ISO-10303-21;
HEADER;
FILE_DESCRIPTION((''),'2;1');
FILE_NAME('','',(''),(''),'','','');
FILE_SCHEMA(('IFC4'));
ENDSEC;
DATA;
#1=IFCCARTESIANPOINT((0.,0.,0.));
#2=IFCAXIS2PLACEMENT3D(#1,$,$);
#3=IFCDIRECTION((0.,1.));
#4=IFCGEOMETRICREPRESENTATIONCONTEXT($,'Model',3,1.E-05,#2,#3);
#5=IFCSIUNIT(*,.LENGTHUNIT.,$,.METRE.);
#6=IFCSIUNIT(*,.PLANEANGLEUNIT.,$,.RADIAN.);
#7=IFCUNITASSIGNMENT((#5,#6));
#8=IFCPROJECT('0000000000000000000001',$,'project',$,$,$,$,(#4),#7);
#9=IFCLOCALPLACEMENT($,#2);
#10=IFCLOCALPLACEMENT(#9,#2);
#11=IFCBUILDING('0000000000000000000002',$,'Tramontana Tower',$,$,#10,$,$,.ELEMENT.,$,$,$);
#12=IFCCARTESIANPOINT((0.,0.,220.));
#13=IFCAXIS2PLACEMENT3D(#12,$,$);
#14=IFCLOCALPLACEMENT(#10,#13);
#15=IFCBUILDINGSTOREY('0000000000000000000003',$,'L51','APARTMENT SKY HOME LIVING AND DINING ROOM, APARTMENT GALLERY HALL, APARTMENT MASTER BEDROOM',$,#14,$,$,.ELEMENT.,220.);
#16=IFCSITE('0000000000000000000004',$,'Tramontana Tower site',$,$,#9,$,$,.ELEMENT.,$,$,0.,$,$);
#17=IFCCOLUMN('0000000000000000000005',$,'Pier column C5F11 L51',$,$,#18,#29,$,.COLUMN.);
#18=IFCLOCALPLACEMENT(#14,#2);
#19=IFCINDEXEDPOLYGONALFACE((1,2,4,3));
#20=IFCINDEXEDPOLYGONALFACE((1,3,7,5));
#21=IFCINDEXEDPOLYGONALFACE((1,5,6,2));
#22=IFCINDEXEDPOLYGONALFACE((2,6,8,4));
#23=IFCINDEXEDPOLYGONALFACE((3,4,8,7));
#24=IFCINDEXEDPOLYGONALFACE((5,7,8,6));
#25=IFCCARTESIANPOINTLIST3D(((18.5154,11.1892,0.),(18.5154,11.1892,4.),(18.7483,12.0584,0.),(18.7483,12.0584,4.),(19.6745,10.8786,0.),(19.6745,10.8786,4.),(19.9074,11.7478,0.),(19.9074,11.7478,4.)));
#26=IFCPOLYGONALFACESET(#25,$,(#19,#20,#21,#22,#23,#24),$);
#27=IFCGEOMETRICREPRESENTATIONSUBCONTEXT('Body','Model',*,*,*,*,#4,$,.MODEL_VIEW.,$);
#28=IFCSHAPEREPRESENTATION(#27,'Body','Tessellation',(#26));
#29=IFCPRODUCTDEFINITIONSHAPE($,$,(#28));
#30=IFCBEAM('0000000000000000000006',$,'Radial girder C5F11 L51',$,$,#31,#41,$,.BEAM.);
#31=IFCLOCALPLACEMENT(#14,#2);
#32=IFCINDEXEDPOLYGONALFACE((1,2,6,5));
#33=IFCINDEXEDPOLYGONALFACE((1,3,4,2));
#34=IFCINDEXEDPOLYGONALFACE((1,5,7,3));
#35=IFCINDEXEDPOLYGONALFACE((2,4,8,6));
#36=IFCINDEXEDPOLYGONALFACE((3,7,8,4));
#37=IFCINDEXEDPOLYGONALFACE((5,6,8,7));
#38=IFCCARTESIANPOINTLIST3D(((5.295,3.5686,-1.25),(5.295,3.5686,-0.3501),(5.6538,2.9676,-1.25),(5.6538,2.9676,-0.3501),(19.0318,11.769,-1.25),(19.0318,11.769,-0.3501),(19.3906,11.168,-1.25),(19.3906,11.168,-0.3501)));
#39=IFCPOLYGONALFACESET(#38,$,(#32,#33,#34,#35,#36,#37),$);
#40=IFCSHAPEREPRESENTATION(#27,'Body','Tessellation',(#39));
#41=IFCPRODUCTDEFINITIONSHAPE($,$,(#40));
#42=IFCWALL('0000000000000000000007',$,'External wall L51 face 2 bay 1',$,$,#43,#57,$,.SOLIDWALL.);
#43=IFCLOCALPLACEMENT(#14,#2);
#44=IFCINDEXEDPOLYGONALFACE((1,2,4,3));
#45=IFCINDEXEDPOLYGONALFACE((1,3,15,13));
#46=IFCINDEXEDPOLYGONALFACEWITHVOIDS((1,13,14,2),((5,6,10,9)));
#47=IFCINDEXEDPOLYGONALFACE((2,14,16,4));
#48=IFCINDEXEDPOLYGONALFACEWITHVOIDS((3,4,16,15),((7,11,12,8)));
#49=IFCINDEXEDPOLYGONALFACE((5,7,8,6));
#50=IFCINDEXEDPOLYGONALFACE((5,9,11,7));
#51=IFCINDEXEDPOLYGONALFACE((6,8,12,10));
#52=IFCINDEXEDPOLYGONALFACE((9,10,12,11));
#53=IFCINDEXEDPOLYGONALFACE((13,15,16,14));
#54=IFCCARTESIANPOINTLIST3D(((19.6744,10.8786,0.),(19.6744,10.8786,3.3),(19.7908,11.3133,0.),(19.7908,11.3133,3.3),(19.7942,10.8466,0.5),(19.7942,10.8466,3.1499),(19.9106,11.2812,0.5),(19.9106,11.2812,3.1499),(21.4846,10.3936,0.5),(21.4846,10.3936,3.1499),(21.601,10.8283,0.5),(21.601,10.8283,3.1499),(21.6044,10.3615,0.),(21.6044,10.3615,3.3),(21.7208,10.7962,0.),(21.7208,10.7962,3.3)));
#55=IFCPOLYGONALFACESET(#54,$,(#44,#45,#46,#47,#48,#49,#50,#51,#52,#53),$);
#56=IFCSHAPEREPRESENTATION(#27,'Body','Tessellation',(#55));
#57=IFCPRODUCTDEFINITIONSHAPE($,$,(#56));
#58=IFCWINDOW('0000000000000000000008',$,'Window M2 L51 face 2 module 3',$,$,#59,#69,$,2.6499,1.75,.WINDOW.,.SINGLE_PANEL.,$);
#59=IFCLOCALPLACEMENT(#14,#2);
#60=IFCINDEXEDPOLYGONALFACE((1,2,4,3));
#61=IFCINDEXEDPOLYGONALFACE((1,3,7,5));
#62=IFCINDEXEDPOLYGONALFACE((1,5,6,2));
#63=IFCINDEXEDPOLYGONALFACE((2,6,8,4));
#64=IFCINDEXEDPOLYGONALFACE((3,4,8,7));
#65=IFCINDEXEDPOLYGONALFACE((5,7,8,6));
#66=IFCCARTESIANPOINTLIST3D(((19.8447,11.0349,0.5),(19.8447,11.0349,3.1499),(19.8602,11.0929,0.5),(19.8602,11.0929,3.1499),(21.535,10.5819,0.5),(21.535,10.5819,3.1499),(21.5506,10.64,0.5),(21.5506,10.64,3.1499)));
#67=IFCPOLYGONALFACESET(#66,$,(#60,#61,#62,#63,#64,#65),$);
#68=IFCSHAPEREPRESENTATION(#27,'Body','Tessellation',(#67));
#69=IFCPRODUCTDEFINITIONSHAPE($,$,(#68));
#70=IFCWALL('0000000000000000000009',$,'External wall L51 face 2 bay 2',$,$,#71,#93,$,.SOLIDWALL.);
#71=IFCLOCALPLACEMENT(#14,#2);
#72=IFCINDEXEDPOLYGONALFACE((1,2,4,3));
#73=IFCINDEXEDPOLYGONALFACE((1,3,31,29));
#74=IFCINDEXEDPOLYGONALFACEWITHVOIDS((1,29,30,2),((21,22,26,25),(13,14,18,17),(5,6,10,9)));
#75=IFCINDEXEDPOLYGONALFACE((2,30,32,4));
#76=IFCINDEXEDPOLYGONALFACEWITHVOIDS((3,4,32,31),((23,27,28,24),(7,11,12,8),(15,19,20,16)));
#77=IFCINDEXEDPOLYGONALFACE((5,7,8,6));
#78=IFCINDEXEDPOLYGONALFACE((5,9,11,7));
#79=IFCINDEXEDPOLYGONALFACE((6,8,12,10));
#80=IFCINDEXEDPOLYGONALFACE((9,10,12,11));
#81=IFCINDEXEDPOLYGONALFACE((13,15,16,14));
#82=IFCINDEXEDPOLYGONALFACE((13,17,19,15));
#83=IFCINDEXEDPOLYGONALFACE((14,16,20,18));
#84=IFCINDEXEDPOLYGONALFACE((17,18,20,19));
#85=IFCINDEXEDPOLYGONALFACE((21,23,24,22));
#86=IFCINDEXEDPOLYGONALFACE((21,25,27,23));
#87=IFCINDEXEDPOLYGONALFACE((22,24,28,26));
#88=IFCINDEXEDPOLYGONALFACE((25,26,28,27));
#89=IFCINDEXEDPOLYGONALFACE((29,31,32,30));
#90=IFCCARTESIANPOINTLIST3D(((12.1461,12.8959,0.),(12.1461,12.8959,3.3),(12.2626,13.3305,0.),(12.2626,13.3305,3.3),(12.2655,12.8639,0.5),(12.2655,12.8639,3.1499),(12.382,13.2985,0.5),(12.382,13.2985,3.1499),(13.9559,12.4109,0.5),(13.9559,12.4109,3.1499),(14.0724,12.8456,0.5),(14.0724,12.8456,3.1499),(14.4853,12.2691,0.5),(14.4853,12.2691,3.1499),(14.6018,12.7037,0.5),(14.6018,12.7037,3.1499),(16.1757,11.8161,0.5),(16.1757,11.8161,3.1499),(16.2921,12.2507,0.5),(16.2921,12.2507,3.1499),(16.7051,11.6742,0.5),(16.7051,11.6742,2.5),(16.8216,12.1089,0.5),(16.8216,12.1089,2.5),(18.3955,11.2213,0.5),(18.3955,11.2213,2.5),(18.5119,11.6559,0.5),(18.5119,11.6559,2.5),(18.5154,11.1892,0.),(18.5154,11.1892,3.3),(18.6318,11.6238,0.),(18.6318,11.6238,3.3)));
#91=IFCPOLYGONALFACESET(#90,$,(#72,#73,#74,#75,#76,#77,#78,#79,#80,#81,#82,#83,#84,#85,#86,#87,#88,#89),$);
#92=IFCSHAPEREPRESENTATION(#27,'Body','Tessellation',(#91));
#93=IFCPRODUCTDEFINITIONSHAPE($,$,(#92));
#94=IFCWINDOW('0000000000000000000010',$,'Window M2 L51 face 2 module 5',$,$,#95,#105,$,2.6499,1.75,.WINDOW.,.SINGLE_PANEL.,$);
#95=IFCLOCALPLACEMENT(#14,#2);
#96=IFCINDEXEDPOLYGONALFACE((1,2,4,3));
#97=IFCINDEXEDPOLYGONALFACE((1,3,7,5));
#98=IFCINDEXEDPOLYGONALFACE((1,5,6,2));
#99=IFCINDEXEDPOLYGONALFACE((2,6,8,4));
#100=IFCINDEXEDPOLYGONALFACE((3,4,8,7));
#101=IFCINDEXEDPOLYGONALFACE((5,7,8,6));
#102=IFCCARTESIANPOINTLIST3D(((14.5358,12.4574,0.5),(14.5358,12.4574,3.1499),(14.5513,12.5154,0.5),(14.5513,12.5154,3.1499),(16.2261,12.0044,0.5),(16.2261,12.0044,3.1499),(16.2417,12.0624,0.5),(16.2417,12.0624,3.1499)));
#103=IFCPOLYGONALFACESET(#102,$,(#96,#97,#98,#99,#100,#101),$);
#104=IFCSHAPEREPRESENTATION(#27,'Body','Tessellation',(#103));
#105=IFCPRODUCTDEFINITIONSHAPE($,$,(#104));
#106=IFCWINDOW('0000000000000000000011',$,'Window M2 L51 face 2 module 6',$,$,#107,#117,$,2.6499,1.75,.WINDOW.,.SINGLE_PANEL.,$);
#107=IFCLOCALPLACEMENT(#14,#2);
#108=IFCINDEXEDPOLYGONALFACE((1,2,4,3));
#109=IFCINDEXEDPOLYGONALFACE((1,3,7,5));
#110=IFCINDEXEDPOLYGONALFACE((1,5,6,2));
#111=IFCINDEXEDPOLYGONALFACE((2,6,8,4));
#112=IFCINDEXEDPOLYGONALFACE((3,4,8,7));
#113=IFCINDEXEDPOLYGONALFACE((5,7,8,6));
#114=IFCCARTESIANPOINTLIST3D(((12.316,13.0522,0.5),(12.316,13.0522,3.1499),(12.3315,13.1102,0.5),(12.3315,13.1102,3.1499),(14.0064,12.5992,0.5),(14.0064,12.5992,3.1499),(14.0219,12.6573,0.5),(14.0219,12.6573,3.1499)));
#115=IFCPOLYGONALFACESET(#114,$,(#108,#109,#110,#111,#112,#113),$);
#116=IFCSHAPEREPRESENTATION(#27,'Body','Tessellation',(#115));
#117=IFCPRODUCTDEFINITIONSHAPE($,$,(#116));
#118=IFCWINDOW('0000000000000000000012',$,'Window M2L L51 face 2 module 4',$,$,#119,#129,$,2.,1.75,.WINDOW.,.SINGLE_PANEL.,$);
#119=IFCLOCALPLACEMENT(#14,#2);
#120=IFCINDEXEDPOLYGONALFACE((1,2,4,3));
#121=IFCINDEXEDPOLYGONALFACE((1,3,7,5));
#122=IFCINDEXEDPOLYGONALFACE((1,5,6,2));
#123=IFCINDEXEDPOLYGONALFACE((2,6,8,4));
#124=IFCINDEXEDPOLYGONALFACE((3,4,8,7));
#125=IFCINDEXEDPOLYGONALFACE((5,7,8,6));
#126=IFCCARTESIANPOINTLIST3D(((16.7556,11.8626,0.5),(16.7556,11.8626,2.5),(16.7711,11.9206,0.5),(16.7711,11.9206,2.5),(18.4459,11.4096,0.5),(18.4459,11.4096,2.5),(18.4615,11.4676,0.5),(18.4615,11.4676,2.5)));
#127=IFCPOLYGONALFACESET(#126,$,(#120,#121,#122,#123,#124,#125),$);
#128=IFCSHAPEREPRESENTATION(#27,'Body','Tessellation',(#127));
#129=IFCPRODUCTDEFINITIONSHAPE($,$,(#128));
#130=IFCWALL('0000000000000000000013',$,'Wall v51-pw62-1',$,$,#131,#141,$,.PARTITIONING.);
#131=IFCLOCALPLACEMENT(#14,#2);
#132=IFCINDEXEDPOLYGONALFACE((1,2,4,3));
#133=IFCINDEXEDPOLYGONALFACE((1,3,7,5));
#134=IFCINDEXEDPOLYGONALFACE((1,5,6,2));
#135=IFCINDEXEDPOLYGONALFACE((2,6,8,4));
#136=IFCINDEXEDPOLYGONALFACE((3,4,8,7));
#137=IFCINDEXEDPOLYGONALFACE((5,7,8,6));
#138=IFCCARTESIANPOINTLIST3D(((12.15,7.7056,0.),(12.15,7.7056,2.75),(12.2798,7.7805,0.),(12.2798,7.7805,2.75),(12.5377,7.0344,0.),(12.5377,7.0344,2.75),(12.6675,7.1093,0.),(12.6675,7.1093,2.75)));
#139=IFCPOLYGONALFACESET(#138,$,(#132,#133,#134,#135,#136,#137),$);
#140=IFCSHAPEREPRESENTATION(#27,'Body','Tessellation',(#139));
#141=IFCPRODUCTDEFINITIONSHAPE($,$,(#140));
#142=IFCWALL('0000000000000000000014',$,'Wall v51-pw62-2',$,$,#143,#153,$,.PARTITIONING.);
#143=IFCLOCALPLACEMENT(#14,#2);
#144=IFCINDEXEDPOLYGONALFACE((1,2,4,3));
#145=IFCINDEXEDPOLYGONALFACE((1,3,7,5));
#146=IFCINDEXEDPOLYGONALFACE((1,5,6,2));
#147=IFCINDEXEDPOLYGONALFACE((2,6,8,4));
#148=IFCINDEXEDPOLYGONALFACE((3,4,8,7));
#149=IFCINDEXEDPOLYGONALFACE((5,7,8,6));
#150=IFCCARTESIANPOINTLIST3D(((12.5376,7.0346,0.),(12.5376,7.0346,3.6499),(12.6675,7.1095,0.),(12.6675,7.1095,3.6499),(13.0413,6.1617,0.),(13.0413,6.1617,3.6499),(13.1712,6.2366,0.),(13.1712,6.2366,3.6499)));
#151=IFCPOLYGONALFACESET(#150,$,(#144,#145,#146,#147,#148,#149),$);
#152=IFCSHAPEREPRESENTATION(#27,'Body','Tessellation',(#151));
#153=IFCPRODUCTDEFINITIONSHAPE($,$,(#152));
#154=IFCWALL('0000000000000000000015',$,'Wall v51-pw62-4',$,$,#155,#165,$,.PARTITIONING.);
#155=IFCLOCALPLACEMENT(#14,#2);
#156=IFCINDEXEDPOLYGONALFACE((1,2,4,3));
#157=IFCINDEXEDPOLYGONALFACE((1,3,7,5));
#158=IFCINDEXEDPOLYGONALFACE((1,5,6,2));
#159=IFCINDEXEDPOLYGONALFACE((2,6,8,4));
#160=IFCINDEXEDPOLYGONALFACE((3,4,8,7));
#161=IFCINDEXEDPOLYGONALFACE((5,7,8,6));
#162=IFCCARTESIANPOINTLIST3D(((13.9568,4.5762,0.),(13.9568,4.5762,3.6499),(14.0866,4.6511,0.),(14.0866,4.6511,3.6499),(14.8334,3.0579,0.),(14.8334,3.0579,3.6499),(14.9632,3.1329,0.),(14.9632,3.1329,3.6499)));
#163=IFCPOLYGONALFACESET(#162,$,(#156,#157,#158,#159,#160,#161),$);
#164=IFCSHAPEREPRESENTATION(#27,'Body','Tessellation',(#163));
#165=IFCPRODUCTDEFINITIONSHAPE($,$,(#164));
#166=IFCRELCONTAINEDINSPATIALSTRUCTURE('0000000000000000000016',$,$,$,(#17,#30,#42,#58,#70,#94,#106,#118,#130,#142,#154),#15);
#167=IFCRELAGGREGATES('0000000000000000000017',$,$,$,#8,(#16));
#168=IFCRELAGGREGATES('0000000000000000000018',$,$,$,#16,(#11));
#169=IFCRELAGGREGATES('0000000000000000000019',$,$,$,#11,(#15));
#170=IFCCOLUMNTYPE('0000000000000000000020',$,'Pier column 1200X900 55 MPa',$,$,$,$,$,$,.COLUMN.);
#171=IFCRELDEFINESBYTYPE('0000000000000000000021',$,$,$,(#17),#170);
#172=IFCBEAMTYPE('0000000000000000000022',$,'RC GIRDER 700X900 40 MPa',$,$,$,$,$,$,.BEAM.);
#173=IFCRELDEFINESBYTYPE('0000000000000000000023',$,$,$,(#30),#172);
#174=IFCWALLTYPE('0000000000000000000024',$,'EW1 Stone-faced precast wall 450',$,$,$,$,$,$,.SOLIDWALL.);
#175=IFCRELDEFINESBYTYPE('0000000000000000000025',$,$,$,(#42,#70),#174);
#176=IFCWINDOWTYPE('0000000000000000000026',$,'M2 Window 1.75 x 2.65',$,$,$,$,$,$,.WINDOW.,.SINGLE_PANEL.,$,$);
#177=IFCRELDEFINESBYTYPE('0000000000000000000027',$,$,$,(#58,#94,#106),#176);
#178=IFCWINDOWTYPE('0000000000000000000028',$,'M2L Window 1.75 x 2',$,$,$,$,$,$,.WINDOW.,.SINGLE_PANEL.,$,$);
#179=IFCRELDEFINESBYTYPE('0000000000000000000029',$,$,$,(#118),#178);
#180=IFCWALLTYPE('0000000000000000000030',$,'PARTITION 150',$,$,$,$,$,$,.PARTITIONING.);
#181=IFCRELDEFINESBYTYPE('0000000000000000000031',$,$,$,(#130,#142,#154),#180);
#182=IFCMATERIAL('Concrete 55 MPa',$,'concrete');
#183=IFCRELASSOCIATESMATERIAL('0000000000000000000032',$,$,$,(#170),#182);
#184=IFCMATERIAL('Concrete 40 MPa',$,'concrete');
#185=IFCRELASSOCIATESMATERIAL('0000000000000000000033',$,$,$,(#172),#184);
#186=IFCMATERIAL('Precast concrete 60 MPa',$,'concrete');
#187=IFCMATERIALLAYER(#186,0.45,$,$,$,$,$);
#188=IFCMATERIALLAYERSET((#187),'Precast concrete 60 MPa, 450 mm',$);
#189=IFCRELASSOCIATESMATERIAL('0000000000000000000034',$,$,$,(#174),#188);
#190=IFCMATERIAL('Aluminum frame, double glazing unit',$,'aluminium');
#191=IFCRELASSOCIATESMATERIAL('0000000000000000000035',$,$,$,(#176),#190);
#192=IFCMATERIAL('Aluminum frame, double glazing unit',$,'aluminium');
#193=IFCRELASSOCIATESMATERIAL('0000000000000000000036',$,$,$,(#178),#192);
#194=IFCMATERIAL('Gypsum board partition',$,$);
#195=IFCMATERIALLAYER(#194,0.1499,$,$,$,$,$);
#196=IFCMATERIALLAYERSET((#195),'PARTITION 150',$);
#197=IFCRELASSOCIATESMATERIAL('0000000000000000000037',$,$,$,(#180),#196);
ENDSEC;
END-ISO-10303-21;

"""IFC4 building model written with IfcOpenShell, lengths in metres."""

from ifc_helpers import new_model, si_unit, direction, frame, frame_2d, origin, origin_2d, place, context, subcontext, project, spatial, rectangle, extrude, material, layer, layer_set, material_profile, profile_set, type_object, element, fill, save


model = new_model("IFC4")

# Units and contexts
model_context = context("Model", 3, precision=1e-05, world=origin(), true_north=direction((0.0, 1.0)))
body_context = subcontext(model_context, "Body", "Model", "MODEL_VIEW")
ifc_project = project(units=[si_unit("LENGTHUNIT", "METRE"), si_unit("PLANEANGLEUNIT", "RADIAN")], contexts=[model_context])

# Site, building, storey
site_placement = place(None, origin())
site = spatial("IfcSite", under=ifc_project, at=site_placement, Name="Tramontana Tower site", CompositionType="ELEMENT", RefElevation=0.0)
building_placement = place(site_placement, origin())
building = spatial("IfcBuilding", under=site, at=building_placement, Name="Tramontana Tower", CompositionType="ELEMENT")
storey_placement = place(building_placement, frame((0.0, 0.0, 220.0)))
storey = spatial("IfcBuildingStorey", under=building, at=storey_placement, Name="L51", Description="APARTMENT SKY HOME LIVING AND DINING ROOM, APARTMENT GALLERY HALL, APARTMENT MASTER BEDROOM", CompositionType="ELEMENT", Elevation=220.0)

# Column
ifc_material_1 = material(Name="Concrete 55 MPa", Category="concrete")
ifc_material_profile_1 = material_profile(ifc_material_1, rectangle(XDim=1.2, YDim=0.8999, at=origin_2d()), Name="Pier column 1200X900 55 MPa")
ifc_profile_set_1 = profile_set([ifc_material_profile_1], Name="Concrete 55 MPa")
column_type = type_object("IfcColumnType", Name="Pier column 1200X900 55 MPa", PredefinedType="COLUMN", material=ifc_profile_set_1)
column_placement = place(storey_placement, frame((19.2114, 11.4685, 0.0), z_axis=(0.0, 0.0, 1.0), x_axis=(-0.965926, 0.258819, 0.0)))
element("IfcColumn", 1, at=column_placement, inside=storey, type_object=column_type, Name="Pier column C5F11 L51", PredefinedType="COLUMN", context=body_context, shape_type="SweptSolid", body=[
    extrude(rectangle(XDim=1.2, YDim=0.8999, at=origin_2d()), origin(), (0.0, 0.0, 1.0), 4.0),
])

# Beam
ifc_material_2 = material(Name="Concrete 40 MPa", Category="concrete")
ifc_material_profile_2 = material_profile(ifc_material_2, rectangle(XDim=0.7, YDim=0.8999, at=origin_2d()), Name="RC GIRDER 700X900 40 MPa")
ifc_profile_set_2 = profile_set([ifc_material_profile_2], Name="Concrete 40 MPa")
beam_type = type_object("IfcBeamType", Name="RC GIRDER 700X900 40 MPa", PredefinedType="BEAM", material=ifc_profile_set_2)
beam_placement = place(storey_placement, frame((19.2112, 11.4685, -0.8), z_axis=(-0.858639, -0.51258, 0.0), x_axis=(0.51258, -0.858639, 0.0)))
element("IfcBeam", 2, at=beam_placement, inside=storey, type_object=beam_type, Name="Radial girder C5F11 L51", PredefinedType="BEAM", context=body_context, shape_type="SweptSolid", body=[
    extrude(rectangle(XDim=0.7, YDim=0.8999, at=origin_2d()), origin(), (0.0, 0.0, 1.0), 15.9983),
])

# Wall, opening, window
ifc_material_3 = material(Name="Precast concrete 60 MPa", Category="concrete")
ifc_layer_1 = layer(ifc_material_3, 0.45)
ifc_layer_set_1 = layer_set([ifc_layer_1], Name="Precast concrete 60 MPa, 450 mm")
wall_type_1 = type_object("IfcWallType", Name="EW1 Stone-faced precast wall 450", PredefinedType="SOLIDWALL", material=ifc_layer_set_1)
wall_1_placement = place(storey_placement, frame((21.6626, 10.5789, 0.0), z_axis=(0.0, 0.0, 1.0), x_axis=(-0.96593, 0.258803, 0.0)))
wall_1 = element("IfcWall", 3, at=wall_1_placement, inside=storey, type_object=wall_type_1, Name="External wall L51 face 2 bay 1", PredefinedType="SOLIDWALL", context=body_context, shape_type="SweptSolid", body=[
    extrude(rectangle(XDim=1.998, YDim=0.45, at=frame_2d((0.999, 0.0))), origin(), (0.0, 0.0, 1.0), 3.3),
])
opening_1_placement = place(wall_1_placement, frame((0.124, 0.0, 0.5)))
opening_1 = element("IfcOpeningElement", 4, at=opening_1_placement, cuts=wall_1, PredefinedType="OPENING", context=body_context, shape_type="SweptSolid", body=[
    extrude(rectangle(XDim=1.75, YDim=2.6499, at=frame_2d((0.875, 1.325))), frame((0.0, 0.2349, 0.0), z_axis=(0.0, -1.0, 0.0), x_axis=(1.0, 0.0, 0.0)), (0.0, 0.0, 1.0), 0.47),
])
ifc_material_4 = material(Name="Aluminum frame, double glazing unit", Category="aluminium")
window_type_1 = type_object("IfcWindowType", Name="M2 Window 1.75 x 2.65", PartitioningType="SINGLE_PANEL", PredefinedType="WINDOW", material=ifc_material_4)
window_1_placement = place(opening_1_placement, origin())
window_1 = element("IfcWindow", 5, at=window_1_placement, inside=storey, type_object=window_type_1, Name="Window M2 L51 face 2 module 3", OverallHeight=2.6499, OverallWidth=1.75, PartitioningType="SINGLE_PANEL", PredefinedType="WINDOW", context=body_context, shape_type="SweptSolid", body=[
    extrude(rectangle(XDim=1.75, YDim=2.6499, at=frame_2d((0.875, 1.325))), frame((0.0, 0.03, 0.0), z_axis=(0.0, -1.0, 0.0), x_axis=(1.0, 0.0, 0.0)), (0.0, 0.0, 1.0), 0.0601),
])
fill(opening_1, window_1)

# Wall, openings, windows
wall_2_placement = place(storey_placement, frame((18.5735, 11.4065, 0.0), z_axis=(0.0, 0.0, 1.0), x_axis=(-0.965921, 0.258835, 0.0)))
wall_2 = element("IfcWall", 6, at=wall_2_placement, inside=storey, type_object=wall_type_1, Name="External wall L51 face 2 bay 2", PredefinedType="SOLIDWALL", context=body_context, shape_type="SweptSolid", body=[
    extrude(rectangle(XDim=6.594, YDim=0.45, at=frame_2d((3.2969, 0.0))), origin(), (0.0, 0.0, 1.0), 3.3),
])
opening_2_placement = place(wall_2_placement, frame((0.124, 0.0, 0.5)))
opening_2 = element("IfcOpeningElement", 7, at=opening_2_placement, cuts=wall_2, PredefinedType="OPENING", context=body_context, shape_type="SweptSolid", body=[
    extrude(rectangle(XDim=1.75, YDim=2.0, at=frame_2d((0.875, 1.0))), frame((0.0, 0.2349, 0.0), z_axis=(0.0, -1.0, 0.0), x_axis=(1.0, 0.0, 0.0)), (0.0, 0.0, 1.0), 0.47),
])
opening_3_placement = place(wall_2_placement, frame((2.4221, 0.0, 0.5)))
opening_3 = element("IfcOpeningElement", 8, at=opening_3_placement, cuts=wall_2, PredefinedType="OPENING", context=body_context, shape_type="SweptSolid", body=[
    extrude(rectangle(XDim=1.75, YDim=2.6499, at=frame_2d((0.875, 1.325))), frame((0.0, 0.2349, 0.0), z_axis=(0.0, -1.0, 0.0), x_axis=(1.0, 0.0, 0.0)), (0.0, 0.0, 1.0), 0.47),
])
opening_4_placement = place(wall_2_placement, frame((4.7202, 0.0, 0.5)))
opening_4 = element("IfcOpeningElement", 9, at=opening_4_placement, cuts=wall_2, PredefinedType="OPENING", context=body_context, shape_type="SweptSolid", body=[
    extrude(rectangle(XDim=1.75, YDim=2.6499, at=frame_2d((0.875, 1.325))), frame((0.0, 0.2349, 0.0), z_axis=(0.0, -1.0, 0.0), x_axis=(1.0, 0.0, 0.0)), (0.0, 0.0, 1.0), 0.47),
])
window_2_placement = place(opening_3_placement, origin())
window_2 = element("IfcWindow", 10, at=window_2_placement, inside=storey, type_object=window_type_1, Name="Window M2 L51 face 2 module 5", OverallHeight=2.6499, OverallWidth=1.75, PartitioningType="SINGLE_PANEL", PredefinedType="WINDOW", context=body_context, shape_type="SweptSolid", body=[
    extrude(rectangle(XDim=1.75, YDim=2.6499, at=frame_2d((0.875, 1.325))), frame((0.0, 0.03, 0.0), z_axis=(0.0, -1.0, 0.0), x_axis=(1.0, 0.0, 0.0)), (0.0, 0.0, 1.0), 0.0601),
])
fill(opening_3, window_2)
window_3_placement = place(opening_4_placement, origin())
window_3 = element("IfcWindow", 11, at=window_3_placement, inside=storey, type_object=window_type_1, Name="Window M2 L51 face 2 module 6", OverallHeight=2.6499, OverallWidth=1.75, PartitioningType="SINGLE_PANEL", PredefinedType="WINDOW", context=body_context, shape_type="SweptSolid", body=[
    extrude(rectangle(XDim=1.75, YDim=2.6499, at=frame_2d((0.875, 1.325))), frame((0.0, 0.03, 0.0), z_axis=(0.0, -1.0, 0.0), x_axis=(1.0, 0.0, 0.0)), (0.0, 0.0, 1.0), 0.0601),
])
fill(opening_4, window_3)
ifc_material_5 = material(Name="Aluminum frame, double glazing unit", Category="aluminium")
window_type_2 = type_object("IfcWindowType", Name="M2L Window 1.75 x 2", PartitioningType="SINGLE_PANEL", PredefinedType="WINDOW", material=ifc_material_5)
window_4_placement = place(opening_2_placement, origin())
window_4 = element("IfcWindow", 12, at=window_4_placement, inside=storey, type_object=window_type_2, Name="Window M2L L51 face 2 module 4", OverallHeight=2.0, OverallWidth=1.75, PartitioningType="SINGLE_PANEL", PredefinedType="WINDOW", context=body_context, shape_type="SweptSolid", body=[
    extrude(rectangle(XDim=1.75, YDim=2.0, at=frame_2d((0.875, 1.0))), frame((0.0, 0.03, 0.0), z_axis=(0.0, -1.0, 0.0), x_axis=(1.0, 0.0, 0.0)), (0.0, 0.0, 1.0), 0.0601),
])
fill(opening_2, window_4)

# Walls
ifc_material_6 = material(Name="Gypsum board partition")
ifc_layer_2 = layer(ifc_material_6, 0.1499)
ifc_layer_set_2 = layer_set([ifc_layer_2], Name="PARTITION 150")
wall_type_2 = type_object("IfcWallType", Name="PARTITION 150", PredefinedType="PARTITIONING", material=ifc_layer_set_2)
wall_3_placement = place(storey_placement, frame((12.2148, 7.7432, 0.0), z_axis=(0.0, 0.0, 1.0), x_axis=(0.500204, -0.865908, 0.0)))
element("IfcWall", 13, at=wall_3_placement, inside=storey, type_object=wall_type_2, Name="Wall v51-pw62-1", PredefinedType="PARTITIONING", context=body_context, shape_type="SweptSolid", body=[
    extrude(rectangle(XDim=0.7751, YDim=0.1499, at=frame_2d((0.3877, 0.0))), origin(), (0.0, 0.0, 1.0), 2.75),
])
wall_4_placement = place(storey_placement, frame((12.6025, 7.072, 0.0), z_axis=(0.0, 0.0, 1.0), x_axis=(0.499813, -0.866133, 0.0)))
element("IfcWall", 14, at=wall_4_placement, inside=storey, type_object=wall_type_2, Name="Wall v51-pw62-2", PredefinedType="PARTITIONING", context=body_context, shape_type="SweptSolid", body=[
    extrude(rectangle(XDim=1.0078, YDim=0.1499, at=frame_2d((0.5039, 0.0))), origin(), (0.0, 0.0, 1.0), 3.6499),
])

# Wall
wall_5_placement = place(storey_placement, frame((14.0217, 4.6135, 0.0), z_axis=(0.0, 0.0, 1.0), x_axis=(0.500048, -0.865998, 0.0)))
element("IfcWall", 15, at=wall_5_placement, inside=storey, type_object=wall_type_2, Name="Wall v51-pw62-4", PredefinedType="PARTITIONING", context=body_context, shape_type="SweptSolid", body=[
    extrude(rectangle(XDim=1.7532, YDim=0.1499, at=frame_2d((0.8765, 0.0))), origin(), (0.0, 0.0, 1.0), 3.6499),
])

save(model, "model.ifc")
